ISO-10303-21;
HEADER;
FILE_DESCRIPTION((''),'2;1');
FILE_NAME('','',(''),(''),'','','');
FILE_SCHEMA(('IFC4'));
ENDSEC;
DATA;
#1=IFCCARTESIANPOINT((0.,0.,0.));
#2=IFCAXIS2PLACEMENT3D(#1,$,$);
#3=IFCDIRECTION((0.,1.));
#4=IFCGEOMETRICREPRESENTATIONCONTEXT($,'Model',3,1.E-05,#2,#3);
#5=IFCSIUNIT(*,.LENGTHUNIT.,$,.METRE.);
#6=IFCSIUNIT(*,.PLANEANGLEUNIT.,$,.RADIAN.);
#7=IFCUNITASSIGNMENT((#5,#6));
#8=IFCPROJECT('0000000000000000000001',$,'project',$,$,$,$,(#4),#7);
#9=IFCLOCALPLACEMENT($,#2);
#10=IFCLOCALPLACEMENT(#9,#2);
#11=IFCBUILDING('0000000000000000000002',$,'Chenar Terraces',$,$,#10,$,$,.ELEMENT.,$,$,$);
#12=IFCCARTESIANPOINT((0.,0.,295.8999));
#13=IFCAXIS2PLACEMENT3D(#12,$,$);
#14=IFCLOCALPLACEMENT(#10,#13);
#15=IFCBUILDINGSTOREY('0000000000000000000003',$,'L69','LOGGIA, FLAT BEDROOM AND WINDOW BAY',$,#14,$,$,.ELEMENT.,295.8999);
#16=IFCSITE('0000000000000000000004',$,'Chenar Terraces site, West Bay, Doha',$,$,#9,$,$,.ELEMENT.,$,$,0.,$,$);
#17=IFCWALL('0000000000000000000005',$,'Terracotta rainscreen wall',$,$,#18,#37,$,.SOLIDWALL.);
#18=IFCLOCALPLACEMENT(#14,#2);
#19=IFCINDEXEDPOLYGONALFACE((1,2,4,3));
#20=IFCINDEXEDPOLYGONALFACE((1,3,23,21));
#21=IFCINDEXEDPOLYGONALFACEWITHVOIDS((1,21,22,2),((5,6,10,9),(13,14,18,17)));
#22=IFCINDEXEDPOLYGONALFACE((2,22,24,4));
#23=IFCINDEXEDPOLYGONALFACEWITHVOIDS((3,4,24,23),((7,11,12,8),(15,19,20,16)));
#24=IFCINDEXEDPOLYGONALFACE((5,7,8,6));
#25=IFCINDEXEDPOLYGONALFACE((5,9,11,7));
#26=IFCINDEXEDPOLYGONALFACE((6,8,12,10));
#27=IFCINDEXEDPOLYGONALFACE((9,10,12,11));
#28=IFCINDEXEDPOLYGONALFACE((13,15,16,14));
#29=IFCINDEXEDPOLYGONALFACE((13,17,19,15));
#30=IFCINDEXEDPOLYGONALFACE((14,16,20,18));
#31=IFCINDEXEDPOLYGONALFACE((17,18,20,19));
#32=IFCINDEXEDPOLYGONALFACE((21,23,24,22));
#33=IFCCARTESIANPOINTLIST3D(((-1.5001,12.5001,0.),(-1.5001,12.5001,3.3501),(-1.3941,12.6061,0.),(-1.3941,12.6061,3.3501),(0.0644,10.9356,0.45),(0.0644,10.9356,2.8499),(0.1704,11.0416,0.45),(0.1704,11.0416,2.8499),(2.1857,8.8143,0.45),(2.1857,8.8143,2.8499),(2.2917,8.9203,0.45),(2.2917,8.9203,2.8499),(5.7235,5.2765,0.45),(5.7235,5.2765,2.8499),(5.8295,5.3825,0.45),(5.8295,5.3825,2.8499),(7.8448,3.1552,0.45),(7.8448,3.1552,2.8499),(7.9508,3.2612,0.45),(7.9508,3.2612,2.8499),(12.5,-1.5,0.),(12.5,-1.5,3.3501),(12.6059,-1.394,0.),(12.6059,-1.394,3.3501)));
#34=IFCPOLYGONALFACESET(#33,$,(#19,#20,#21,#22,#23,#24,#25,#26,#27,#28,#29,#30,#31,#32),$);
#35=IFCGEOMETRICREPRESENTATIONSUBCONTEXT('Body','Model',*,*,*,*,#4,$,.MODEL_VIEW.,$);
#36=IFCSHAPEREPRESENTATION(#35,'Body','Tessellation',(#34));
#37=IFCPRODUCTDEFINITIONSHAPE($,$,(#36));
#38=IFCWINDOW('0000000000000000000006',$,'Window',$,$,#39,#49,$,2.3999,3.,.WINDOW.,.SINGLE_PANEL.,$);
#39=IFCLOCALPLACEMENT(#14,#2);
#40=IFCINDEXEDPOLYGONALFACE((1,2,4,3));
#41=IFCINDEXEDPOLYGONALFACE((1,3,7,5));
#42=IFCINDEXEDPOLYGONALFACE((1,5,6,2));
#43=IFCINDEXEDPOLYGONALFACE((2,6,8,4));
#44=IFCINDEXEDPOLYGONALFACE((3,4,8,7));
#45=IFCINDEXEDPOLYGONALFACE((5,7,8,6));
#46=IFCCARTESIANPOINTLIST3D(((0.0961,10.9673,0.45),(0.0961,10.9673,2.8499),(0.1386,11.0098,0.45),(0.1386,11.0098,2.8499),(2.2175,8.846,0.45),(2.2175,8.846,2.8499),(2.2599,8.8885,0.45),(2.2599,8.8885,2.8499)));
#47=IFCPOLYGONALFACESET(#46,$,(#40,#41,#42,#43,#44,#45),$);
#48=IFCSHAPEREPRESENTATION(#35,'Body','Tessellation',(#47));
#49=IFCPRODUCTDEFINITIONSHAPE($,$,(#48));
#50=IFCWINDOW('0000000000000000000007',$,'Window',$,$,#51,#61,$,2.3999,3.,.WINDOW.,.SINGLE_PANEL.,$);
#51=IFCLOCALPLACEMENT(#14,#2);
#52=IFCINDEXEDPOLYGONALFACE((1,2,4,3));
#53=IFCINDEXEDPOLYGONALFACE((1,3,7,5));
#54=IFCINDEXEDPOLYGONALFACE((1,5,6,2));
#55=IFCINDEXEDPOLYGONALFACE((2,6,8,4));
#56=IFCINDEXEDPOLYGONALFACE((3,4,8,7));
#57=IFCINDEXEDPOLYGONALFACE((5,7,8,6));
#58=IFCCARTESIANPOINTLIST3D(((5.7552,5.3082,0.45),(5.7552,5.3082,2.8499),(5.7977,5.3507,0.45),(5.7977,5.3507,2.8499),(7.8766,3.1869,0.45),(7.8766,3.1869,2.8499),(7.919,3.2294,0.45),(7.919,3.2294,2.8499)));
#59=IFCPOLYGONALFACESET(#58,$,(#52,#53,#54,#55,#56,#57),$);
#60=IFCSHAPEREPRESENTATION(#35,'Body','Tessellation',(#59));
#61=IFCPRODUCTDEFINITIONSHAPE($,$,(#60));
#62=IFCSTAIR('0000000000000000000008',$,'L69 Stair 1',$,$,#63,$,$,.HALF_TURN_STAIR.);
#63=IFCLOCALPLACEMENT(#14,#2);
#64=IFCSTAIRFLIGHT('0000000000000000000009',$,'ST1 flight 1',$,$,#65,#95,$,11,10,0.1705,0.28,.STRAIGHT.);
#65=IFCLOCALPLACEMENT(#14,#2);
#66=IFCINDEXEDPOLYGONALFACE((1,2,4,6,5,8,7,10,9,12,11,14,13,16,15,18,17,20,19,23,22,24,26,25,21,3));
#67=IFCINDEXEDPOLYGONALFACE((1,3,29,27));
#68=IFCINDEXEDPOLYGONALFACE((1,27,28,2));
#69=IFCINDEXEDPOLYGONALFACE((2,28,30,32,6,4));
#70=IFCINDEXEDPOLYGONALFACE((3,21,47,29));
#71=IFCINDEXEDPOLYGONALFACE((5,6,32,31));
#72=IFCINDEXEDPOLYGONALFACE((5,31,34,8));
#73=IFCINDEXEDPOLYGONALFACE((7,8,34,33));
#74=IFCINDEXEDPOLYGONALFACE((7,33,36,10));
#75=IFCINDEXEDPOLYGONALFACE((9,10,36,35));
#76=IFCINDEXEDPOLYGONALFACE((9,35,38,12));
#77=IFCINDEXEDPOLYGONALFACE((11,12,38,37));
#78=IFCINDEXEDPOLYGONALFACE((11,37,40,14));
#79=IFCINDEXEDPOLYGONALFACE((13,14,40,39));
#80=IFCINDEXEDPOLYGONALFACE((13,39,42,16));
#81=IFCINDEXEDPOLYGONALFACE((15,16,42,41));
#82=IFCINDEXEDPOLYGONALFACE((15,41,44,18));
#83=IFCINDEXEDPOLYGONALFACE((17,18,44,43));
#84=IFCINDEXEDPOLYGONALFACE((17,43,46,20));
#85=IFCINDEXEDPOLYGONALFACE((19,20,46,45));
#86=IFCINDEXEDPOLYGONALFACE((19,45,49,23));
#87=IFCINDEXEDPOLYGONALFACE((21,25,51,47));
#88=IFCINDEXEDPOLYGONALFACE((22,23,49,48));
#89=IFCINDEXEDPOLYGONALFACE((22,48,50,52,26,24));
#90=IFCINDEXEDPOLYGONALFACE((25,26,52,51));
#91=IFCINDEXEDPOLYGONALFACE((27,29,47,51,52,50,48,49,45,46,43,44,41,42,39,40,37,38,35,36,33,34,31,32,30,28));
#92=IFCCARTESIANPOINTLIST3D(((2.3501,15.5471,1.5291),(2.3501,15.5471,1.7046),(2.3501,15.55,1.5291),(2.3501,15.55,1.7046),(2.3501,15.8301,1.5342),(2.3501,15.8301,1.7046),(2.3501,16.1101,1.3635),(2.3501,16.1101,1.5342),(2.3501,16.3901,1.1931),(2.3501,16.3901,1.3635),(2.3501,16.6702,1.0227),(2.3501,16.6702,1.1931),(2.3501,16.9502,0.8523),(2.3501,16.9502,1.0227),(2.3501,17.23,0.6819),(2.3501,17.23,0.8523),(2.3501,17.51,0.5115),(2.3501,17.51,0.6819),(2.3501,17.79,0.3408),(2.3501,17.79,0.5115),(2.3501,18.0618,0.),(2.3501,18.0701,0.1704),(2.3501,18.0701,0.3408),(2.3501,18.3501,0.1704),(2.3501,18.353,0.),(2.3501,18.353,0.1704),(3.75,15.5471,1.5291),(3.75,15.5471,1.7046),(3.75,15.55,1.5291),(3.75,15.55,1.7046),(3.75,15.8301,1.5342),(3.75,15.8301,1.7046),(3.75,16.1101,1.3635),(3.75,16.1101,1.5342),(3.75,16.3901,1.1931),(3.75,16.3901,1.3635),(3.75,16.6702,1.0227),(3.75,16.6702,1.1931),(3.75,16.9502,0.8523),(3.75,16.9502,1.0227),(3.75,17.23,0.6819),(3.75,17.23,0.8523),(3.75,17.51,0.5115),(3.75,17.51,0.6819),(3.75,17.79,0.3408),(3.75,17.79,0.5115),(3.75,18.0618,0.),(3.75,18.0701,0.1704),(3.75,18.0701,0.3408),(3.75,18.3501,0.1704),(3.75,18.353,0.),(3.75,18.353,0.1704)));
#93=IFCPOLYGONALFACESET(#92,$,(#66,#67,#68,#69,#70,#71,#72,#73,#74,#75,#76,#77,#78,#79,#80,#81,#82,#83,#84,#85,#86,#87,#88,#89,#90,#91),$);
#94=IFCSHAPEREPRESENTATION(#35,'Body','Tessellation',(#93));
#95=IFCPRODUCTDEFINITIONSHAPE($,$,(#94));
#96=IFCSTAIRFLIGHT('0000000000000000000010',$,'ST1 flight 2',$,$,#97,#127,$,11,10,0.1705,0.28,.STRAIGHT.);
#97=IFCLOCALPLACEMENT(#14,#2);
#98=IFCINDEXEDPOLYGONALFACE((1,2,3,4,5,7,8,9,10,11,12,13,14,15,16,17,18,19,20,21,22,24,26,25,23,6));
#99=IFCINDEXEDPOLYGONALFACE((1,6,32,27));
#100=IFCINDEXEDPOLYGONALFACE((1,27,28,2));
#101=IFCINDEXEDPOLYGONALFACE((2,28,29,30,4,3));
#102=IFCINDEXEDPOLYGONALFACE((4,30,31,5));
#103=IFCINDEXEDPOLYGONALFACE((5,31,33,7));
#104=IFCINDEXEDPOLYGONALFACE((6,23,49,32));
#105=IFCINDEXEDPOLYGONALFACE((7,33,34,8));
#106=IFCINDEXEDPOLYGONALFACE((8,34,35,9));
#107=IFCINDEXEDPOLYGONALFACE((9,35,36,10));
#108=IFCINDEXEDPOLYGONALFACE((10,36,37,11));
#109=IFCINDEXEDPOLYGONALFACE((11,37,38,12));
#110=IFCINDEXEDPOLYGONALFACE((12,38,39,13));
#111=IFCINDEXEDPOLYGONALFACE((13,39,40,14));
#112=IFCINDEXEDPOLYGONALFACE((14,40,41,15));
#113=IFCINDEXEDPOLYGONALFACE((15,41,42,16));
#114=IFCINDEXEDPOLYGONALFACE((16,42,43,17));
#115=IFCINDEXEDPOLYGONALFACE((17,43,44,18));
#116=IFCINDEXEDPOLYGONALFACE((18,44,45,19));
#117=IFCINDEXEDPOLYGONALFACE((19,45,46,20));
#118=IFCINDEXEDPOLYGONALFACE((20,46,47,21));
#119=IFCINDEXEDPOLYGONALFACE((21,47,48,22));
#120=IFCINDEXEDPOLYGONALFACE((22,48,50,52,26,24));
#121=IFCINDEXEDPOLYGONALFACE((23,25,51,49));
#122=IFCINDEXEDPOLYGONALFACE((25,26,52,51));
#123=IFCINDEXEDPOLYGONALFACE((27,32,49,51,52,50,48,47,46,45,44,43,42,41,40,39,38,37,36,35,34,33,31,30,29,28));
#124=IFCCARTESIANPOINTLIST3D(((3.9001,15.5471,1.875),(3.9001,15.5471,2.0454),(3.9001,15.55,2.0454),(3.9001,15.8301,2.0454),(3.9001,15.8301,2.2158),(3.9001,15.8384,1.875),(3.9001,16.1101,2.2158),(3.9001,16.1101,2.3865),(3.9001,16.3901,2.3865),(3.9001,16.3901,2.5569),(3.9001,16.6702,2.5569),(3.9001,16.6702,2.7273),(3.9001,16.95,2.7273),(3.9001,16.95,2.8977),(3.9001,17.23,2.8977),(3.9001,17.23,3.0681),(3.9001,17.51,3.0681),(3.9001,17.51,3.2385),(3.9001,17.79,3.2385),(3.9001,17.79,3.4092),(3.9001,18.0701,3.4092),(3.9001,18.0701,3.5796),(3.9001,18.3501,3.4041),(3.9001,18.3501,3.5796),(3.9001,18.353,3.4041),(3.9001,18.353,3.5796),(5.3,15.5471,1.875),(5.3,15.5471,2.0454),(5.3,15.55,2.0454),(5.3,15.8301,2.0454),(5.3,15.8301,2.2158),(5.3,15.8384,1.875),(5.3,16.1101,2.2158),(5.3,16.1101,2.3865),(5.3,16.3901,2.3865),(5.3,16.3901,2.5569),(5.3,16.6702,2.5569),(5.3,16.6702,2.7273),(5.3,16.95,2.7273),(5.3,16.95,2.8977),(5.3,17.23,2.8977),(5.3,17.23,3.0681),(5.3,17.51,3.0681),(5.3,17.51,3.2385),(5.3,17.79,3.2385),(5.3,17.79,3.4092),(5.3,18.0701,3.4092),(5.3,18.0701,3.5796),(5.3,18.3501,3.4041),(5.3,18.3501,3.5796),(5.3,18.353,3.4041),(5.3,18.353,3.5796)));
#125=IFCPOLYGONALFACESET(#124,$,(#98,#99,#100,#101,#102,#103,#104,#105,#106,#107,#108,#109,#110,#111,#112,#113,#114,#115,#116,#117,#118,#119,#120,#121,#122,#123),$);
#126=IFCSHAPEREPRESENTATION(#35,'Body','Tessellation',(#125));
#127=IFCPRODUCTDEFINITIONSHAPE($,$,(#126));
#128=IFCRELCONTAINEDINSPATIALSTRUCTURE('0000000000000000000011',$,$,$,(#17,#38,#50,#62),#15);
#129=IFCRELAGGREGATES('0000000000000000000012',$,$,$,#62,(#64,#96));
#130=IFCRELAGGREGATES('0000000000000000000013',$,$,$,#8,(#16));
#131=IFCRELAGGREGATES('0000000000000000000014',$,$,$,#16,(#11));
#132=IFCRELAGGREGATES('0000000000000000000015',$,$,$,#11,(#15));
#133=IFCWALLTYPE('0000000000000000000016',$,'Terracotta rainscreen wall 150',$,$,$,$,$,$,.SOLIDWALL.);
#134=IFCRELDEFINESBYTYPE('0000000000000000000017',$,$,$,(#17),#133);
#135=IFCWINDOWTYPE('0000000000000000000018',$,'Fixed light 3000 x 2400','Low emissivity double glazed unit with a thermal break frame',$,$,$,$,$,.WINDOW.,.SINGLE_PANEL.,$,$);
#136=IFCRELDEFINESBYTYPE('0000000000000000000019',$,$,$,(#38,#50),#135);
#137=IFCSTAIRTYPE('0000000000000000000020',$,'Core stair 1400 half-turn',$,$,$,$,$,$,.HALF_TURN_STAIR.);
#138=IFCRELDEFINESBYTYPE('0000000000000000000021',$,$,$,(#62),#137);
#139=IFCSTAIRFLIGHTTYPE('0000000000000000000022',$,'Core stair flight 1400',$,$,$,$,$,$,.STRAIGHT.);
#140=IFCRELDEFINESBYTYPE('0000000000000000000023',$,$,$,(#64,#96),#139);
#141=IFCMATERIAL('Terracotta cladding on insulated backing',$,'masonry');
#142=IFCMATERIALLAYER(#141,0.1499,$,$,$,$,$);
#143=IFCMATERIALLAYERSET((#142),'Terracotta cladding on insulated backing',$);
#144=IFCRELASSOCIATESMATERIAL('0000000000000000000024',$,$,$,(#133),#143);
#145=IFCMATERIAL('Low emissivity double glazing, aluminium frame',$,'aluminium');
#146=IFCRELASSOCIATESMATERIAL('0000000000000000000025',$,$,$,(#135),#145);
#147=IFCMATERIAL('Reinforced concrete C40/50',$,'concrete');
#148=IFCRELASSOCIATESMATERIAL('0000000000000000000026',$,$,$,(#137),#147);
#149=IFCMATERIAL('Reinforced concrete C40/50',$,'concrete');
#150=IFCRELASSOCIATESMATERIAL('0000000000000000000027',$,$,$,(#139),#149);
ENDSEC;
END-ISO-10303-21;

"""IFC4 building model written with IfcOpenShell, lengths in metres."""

from ifc_helpers import new_model, si_unit, direction, frame, frame_2d, origin, place, context, subcontext, project, spatial, polyline, rectangle, outline, extrude, material, layer, layer_set, type_object, element, fill, aggregate, save


model = new_model("IFC4")

# Units and contexts
model_context = context("Model", 3, precision=1e-05, world=origin(), true_north=direction((0.0, 1.0)))
body_context = subcontext(model_context, "Body", "Model", "MODEL_VIEW")
ifc_project = project(units=[si_unit("LENGTHUNIT", "METRE"), si_unit("PLANEANGLEUNIT", "RADIAN")], contexts=[model_context])

# Site, building, storey
site_placement = place(None, origin())
site = spatial("IfcSite", under=ifc_project, at=site_placement, Name="Chenar Terraces site, West Bay, Doha", CompositionType="ELEMENT", RefElevation=0.0)
building_placement = place(site_placement, origin())
building = spatial("IfcBuilding", under=site, at=building_placement, Name="Chenar Terraces", CompositionType="ELEMENT")
storey_placement = place(building_placement, frame((0.0, 0.0, 295.8999)))
storey = spatial("IfcBuildingStorey", under=building, at=storey_placement, Name="L69", Description="LOGGIA, FLAT BEDROOM AND WINDOW BAY", CompositionType="ELEMENT", Elevation=295.8999)

# Wall, openings, windows
ifc_material_1 = material(Name="Terracotta cladding on insulated backing", Category="masonry")
ifc_layer_1 = layer(ifc_material_1, 0.1499)
ifc_layer_set_1 = layer_set([ifc_layer_1], Name="Terracotta cladding on insulated backing")
wall_type_1 = type_object("IfcWallType", Name="Terracotta rainscreen wall 150", PredefinedType="SOLIDWALL", material=ifc_layer_set_1)
wall_1_placement = place(storey_placement, frame((-1.447, 12.553, 0.0), z_axis=(0.0, 0.0, 1.0), x_axis=(0.707107, -0.707107, 0.0)))
wall_1 = element("IfcWall", 1, at=wall_1_placement, inside=storey, type_object=wall_type_1, Name="Terracotta rainscreen wall", PredefinedType="SOLIDWALL", context=body_context, shape_type="SweptSolid", body=[
    extrude(rectangle(XDim=19.7991, YDim=0.1499, at=frame_2d((9.8994, 0.0))), origin(), (0.0, 0.0, 1.0), 3.3501),
])
opening_1_placement = place(wall_1_placement, frame((2.2124, 0.0, 0.45)))
opening_1 = element("IfcOpeningElement", 2, at=opening_1_placement, cuts=wall_1, PredefinedType="OPENING", context=body_context, shape_type="SweptSolid", body=[
    extrude(rectangle(XDim=3.0, YDim=2.3999, at=frame_2d((1.5, 1.2))), frame((0.0, 0.085, 0.0), z_axis=(0.0, -1.0, 0.0), x_axis=(1.0, 0.0, 0.0)), (0.0, 0.0, 1.0), 0.1699),
])
opening_2_placement = place(wall_1_placement, frame((10.2156, 0.0, 0.45)))
opening_2 = element("IfcOpeningElement", 3, at=opening_2_placement, cuts=wall_1, PredefinedType="OPENING", context=body_context, shape_type="SweptSolid", body=[
    extrude(rectangle(XDim=3.0, YDim=2.3999, at=frame_2d((1.5, 1.2))), frame((0.0, 0.085, 0.0), z_axis=(0.0, -1.0, 0.0), x_axis=(1.0, 0.0, 0.0)), (0.0, 0.0, 1.0), 0.1699),
])
ifc_material_2 = material(Name="Low emissivity double glazing, aluminium frame", Category="aluminium")
window_type = type_object("IfcWindowType", Name="Fixed light 3000 x 2400", Description="Low emissivity double glazed unit with a thermal break frame", PartitioningType="SINGLE_PANEL", PredefinedType="WINDOW", material=ifc_material_2)
window_1_placement = place(opening_1_placement, origin())
window_1 = element("IfcWindow", 4, at=window_1_placement, inside=storey, type_object=window_type, Name="Window", OverallHeight=2.3999, OverallWidth=3.0, PartitioningType="SINGLE_PANEL", PredefinedType="WINDOW", context=body_context, shape_type="SweptSolid", body=[
    extrude(rectangle(XDim=3.0, YDim=2.3999, at=frame_2d((1.5, 1.2))), frame((0.0, 0.03, 0.0), z_axis=(0.0, -1.0, 0.0), x_axis=(1.0, 0.0, 0.0)), (0.0, 0.0, 1.0), 0.0601),
])
fill(opening_1, window_1)
window_2_placement = place(opening_2_placement, origin())
window_2 = element("IfcWindow", 5, at=window_2_placement, inside=storey, type_object=window_type, Name="Window", OverallHeight=2.3999, OverallWidth=3.0, PartitioningType="SINGLE_PANEL", PredefinedType="WINDOW", context=body_context, shape_type="SweptSolid", body=[
    extrude(rectangle(XDim=3.0, YDim=2.3999, at=frame_2d((1.5, 1.2))), frame((0.0, 0.03, 0.0), z_axis=(0.0, -1.0, 0.0), x_axis=(1.0, 0.0, 0.0)), (0.0, 0.0, 1.0), 0.0601),
])
fill(opening_2, window_2)

# Stair, stair flights
ifc_material_3 = material(Name="Reinforced concrete C40/50", Category="concrete")
stair_type = type_object("IfcStairType", Name="Core stair 1400 half-turn", PredefinedType="HALF_TURN_STAIR", material=ifc_material_3)
stair_placement = place(storey_placement, origin())
stair = element("IfcStair", 6, at=stair_placement, inside=storey, type_object=stair_type, Name="L69 Stair 1", PredefinedType="HALF_TURN_STAIR")
ifc_material_4 = material(Name="Reinforced concrete C40/50", Category="concrete")
stair_flight_type = type_object("IfcStairFlightType", Name="Core stair flight 1400", PredefinedType="STRAIGHT", material=ifc_material_4)
stair_flight_1_placement = place(storey_placement, frame((3.05, 18.3501, 0.0), z_axis=(0.0, 0.0, 1.0), x_axis=(0.0, -1.0, 0.0)))
stair_flight_1 = element("IfcStairFlight", 7, at=stair_flight_1_placement, type_object=stair_flight_type, Name="ST1 flight 1", NumberOfRisers=11, NumberOfTreads=10, PredefinedType="STRAIGHT", RiserHeight=0.1705, TreadLength=0.28, context=body_context, shape_type="SweptSolid", body=[
    extrude(outline(polyline([(-0.0029, 0.0), (-0.0029, 0.1704), (0.0, 0.1704), (0.28, 0.1704), (0.28, 0.3408), (0.5601, 0.3408), (0.5601, 0.5115), (0.8401, 0.5115), (0.8401, 0.6819), (1.1201, 0.6819), (1.1201, 0.8523), (1.3999, 0.8523), (1.3999, 1.0227), (1.6799, 1.0227), (1.6799, 1.1931), (1.96, 1.1931), (1.96, 1.3635), (2.24, 1.3635), (2.24, 1.5342), (2.52, 1.5342), (2.52, 1.7046), (2.8, 1.7046), (2.803, 1.7046), (2.803, 1.5291), (2.8, 1.5291), (0.2883, 0.0), (-0.0029, 0.0)])), frame((0.0, 0.7, 0.0), z_axis=(0.0, -1.0, 0.0), x_axis=(1.0, 0.0, 0.0)), (0.0, 0.0, 1.0), 1.3999),
])
stair_flight_2_placement = place(storey_placement, frame((4.6001, 15.55, 1.875), z_axis=(0.0, 0.0, 1.0), x_axis=(0.0, 1.0, 0.0)))
stair_flight_2 = element("IfcStairFlight", 8, at=stair_flight_2_placement, type_object=stair_flight_type, Name="ST1 flight 2", NumberOfRisers=11, NumberOfTreads=10, PredefinedType="STRAIGHT", RiserHeight=0.1705, TreadLength=0.28, context=body_context, shape_type="SweptSolid", body=[
    extrude(outline(polyline([(-0.0029, 0.0), (-0.0029, 0.1704), (0.0, 0.1704), (0.28, 0.1704), (0.28, 0.3408), (0.5601, 0.3408), (0.5601, 0.5115), (0.8401, 0.5115), (0.8401, 0.6819), (1.1201, 0.6819), (1.1201, 0.8523), (1.3999, 0.8523), (1.3999, 1.0227), (1.6799, 1.0227), (1.6799, 1.1931), (1.96, 1.1931), (1.96, 1.3635), (2.24, 1.3635), (2.24, 1.5342), (2.52, 1.5342), (2.52, 1.7046), (2.8, 1.7046), (2.803, 1.7046), (2.803, 1.5291), (2.8, 1.5291), (0.2883, 0.0), (-0.0029, 0.0)])), frame((0.0, 0.7, 0.0), z_axis=(0.0, -1.0, 0.0), x_axis=(1.0, 0.0, 0.0)), (0.0, 0.0, 1.0), 1.3999),
])
aggregate(stair, [stair_flight_1, stair_flight_2])

save(model, "model.ifc")
